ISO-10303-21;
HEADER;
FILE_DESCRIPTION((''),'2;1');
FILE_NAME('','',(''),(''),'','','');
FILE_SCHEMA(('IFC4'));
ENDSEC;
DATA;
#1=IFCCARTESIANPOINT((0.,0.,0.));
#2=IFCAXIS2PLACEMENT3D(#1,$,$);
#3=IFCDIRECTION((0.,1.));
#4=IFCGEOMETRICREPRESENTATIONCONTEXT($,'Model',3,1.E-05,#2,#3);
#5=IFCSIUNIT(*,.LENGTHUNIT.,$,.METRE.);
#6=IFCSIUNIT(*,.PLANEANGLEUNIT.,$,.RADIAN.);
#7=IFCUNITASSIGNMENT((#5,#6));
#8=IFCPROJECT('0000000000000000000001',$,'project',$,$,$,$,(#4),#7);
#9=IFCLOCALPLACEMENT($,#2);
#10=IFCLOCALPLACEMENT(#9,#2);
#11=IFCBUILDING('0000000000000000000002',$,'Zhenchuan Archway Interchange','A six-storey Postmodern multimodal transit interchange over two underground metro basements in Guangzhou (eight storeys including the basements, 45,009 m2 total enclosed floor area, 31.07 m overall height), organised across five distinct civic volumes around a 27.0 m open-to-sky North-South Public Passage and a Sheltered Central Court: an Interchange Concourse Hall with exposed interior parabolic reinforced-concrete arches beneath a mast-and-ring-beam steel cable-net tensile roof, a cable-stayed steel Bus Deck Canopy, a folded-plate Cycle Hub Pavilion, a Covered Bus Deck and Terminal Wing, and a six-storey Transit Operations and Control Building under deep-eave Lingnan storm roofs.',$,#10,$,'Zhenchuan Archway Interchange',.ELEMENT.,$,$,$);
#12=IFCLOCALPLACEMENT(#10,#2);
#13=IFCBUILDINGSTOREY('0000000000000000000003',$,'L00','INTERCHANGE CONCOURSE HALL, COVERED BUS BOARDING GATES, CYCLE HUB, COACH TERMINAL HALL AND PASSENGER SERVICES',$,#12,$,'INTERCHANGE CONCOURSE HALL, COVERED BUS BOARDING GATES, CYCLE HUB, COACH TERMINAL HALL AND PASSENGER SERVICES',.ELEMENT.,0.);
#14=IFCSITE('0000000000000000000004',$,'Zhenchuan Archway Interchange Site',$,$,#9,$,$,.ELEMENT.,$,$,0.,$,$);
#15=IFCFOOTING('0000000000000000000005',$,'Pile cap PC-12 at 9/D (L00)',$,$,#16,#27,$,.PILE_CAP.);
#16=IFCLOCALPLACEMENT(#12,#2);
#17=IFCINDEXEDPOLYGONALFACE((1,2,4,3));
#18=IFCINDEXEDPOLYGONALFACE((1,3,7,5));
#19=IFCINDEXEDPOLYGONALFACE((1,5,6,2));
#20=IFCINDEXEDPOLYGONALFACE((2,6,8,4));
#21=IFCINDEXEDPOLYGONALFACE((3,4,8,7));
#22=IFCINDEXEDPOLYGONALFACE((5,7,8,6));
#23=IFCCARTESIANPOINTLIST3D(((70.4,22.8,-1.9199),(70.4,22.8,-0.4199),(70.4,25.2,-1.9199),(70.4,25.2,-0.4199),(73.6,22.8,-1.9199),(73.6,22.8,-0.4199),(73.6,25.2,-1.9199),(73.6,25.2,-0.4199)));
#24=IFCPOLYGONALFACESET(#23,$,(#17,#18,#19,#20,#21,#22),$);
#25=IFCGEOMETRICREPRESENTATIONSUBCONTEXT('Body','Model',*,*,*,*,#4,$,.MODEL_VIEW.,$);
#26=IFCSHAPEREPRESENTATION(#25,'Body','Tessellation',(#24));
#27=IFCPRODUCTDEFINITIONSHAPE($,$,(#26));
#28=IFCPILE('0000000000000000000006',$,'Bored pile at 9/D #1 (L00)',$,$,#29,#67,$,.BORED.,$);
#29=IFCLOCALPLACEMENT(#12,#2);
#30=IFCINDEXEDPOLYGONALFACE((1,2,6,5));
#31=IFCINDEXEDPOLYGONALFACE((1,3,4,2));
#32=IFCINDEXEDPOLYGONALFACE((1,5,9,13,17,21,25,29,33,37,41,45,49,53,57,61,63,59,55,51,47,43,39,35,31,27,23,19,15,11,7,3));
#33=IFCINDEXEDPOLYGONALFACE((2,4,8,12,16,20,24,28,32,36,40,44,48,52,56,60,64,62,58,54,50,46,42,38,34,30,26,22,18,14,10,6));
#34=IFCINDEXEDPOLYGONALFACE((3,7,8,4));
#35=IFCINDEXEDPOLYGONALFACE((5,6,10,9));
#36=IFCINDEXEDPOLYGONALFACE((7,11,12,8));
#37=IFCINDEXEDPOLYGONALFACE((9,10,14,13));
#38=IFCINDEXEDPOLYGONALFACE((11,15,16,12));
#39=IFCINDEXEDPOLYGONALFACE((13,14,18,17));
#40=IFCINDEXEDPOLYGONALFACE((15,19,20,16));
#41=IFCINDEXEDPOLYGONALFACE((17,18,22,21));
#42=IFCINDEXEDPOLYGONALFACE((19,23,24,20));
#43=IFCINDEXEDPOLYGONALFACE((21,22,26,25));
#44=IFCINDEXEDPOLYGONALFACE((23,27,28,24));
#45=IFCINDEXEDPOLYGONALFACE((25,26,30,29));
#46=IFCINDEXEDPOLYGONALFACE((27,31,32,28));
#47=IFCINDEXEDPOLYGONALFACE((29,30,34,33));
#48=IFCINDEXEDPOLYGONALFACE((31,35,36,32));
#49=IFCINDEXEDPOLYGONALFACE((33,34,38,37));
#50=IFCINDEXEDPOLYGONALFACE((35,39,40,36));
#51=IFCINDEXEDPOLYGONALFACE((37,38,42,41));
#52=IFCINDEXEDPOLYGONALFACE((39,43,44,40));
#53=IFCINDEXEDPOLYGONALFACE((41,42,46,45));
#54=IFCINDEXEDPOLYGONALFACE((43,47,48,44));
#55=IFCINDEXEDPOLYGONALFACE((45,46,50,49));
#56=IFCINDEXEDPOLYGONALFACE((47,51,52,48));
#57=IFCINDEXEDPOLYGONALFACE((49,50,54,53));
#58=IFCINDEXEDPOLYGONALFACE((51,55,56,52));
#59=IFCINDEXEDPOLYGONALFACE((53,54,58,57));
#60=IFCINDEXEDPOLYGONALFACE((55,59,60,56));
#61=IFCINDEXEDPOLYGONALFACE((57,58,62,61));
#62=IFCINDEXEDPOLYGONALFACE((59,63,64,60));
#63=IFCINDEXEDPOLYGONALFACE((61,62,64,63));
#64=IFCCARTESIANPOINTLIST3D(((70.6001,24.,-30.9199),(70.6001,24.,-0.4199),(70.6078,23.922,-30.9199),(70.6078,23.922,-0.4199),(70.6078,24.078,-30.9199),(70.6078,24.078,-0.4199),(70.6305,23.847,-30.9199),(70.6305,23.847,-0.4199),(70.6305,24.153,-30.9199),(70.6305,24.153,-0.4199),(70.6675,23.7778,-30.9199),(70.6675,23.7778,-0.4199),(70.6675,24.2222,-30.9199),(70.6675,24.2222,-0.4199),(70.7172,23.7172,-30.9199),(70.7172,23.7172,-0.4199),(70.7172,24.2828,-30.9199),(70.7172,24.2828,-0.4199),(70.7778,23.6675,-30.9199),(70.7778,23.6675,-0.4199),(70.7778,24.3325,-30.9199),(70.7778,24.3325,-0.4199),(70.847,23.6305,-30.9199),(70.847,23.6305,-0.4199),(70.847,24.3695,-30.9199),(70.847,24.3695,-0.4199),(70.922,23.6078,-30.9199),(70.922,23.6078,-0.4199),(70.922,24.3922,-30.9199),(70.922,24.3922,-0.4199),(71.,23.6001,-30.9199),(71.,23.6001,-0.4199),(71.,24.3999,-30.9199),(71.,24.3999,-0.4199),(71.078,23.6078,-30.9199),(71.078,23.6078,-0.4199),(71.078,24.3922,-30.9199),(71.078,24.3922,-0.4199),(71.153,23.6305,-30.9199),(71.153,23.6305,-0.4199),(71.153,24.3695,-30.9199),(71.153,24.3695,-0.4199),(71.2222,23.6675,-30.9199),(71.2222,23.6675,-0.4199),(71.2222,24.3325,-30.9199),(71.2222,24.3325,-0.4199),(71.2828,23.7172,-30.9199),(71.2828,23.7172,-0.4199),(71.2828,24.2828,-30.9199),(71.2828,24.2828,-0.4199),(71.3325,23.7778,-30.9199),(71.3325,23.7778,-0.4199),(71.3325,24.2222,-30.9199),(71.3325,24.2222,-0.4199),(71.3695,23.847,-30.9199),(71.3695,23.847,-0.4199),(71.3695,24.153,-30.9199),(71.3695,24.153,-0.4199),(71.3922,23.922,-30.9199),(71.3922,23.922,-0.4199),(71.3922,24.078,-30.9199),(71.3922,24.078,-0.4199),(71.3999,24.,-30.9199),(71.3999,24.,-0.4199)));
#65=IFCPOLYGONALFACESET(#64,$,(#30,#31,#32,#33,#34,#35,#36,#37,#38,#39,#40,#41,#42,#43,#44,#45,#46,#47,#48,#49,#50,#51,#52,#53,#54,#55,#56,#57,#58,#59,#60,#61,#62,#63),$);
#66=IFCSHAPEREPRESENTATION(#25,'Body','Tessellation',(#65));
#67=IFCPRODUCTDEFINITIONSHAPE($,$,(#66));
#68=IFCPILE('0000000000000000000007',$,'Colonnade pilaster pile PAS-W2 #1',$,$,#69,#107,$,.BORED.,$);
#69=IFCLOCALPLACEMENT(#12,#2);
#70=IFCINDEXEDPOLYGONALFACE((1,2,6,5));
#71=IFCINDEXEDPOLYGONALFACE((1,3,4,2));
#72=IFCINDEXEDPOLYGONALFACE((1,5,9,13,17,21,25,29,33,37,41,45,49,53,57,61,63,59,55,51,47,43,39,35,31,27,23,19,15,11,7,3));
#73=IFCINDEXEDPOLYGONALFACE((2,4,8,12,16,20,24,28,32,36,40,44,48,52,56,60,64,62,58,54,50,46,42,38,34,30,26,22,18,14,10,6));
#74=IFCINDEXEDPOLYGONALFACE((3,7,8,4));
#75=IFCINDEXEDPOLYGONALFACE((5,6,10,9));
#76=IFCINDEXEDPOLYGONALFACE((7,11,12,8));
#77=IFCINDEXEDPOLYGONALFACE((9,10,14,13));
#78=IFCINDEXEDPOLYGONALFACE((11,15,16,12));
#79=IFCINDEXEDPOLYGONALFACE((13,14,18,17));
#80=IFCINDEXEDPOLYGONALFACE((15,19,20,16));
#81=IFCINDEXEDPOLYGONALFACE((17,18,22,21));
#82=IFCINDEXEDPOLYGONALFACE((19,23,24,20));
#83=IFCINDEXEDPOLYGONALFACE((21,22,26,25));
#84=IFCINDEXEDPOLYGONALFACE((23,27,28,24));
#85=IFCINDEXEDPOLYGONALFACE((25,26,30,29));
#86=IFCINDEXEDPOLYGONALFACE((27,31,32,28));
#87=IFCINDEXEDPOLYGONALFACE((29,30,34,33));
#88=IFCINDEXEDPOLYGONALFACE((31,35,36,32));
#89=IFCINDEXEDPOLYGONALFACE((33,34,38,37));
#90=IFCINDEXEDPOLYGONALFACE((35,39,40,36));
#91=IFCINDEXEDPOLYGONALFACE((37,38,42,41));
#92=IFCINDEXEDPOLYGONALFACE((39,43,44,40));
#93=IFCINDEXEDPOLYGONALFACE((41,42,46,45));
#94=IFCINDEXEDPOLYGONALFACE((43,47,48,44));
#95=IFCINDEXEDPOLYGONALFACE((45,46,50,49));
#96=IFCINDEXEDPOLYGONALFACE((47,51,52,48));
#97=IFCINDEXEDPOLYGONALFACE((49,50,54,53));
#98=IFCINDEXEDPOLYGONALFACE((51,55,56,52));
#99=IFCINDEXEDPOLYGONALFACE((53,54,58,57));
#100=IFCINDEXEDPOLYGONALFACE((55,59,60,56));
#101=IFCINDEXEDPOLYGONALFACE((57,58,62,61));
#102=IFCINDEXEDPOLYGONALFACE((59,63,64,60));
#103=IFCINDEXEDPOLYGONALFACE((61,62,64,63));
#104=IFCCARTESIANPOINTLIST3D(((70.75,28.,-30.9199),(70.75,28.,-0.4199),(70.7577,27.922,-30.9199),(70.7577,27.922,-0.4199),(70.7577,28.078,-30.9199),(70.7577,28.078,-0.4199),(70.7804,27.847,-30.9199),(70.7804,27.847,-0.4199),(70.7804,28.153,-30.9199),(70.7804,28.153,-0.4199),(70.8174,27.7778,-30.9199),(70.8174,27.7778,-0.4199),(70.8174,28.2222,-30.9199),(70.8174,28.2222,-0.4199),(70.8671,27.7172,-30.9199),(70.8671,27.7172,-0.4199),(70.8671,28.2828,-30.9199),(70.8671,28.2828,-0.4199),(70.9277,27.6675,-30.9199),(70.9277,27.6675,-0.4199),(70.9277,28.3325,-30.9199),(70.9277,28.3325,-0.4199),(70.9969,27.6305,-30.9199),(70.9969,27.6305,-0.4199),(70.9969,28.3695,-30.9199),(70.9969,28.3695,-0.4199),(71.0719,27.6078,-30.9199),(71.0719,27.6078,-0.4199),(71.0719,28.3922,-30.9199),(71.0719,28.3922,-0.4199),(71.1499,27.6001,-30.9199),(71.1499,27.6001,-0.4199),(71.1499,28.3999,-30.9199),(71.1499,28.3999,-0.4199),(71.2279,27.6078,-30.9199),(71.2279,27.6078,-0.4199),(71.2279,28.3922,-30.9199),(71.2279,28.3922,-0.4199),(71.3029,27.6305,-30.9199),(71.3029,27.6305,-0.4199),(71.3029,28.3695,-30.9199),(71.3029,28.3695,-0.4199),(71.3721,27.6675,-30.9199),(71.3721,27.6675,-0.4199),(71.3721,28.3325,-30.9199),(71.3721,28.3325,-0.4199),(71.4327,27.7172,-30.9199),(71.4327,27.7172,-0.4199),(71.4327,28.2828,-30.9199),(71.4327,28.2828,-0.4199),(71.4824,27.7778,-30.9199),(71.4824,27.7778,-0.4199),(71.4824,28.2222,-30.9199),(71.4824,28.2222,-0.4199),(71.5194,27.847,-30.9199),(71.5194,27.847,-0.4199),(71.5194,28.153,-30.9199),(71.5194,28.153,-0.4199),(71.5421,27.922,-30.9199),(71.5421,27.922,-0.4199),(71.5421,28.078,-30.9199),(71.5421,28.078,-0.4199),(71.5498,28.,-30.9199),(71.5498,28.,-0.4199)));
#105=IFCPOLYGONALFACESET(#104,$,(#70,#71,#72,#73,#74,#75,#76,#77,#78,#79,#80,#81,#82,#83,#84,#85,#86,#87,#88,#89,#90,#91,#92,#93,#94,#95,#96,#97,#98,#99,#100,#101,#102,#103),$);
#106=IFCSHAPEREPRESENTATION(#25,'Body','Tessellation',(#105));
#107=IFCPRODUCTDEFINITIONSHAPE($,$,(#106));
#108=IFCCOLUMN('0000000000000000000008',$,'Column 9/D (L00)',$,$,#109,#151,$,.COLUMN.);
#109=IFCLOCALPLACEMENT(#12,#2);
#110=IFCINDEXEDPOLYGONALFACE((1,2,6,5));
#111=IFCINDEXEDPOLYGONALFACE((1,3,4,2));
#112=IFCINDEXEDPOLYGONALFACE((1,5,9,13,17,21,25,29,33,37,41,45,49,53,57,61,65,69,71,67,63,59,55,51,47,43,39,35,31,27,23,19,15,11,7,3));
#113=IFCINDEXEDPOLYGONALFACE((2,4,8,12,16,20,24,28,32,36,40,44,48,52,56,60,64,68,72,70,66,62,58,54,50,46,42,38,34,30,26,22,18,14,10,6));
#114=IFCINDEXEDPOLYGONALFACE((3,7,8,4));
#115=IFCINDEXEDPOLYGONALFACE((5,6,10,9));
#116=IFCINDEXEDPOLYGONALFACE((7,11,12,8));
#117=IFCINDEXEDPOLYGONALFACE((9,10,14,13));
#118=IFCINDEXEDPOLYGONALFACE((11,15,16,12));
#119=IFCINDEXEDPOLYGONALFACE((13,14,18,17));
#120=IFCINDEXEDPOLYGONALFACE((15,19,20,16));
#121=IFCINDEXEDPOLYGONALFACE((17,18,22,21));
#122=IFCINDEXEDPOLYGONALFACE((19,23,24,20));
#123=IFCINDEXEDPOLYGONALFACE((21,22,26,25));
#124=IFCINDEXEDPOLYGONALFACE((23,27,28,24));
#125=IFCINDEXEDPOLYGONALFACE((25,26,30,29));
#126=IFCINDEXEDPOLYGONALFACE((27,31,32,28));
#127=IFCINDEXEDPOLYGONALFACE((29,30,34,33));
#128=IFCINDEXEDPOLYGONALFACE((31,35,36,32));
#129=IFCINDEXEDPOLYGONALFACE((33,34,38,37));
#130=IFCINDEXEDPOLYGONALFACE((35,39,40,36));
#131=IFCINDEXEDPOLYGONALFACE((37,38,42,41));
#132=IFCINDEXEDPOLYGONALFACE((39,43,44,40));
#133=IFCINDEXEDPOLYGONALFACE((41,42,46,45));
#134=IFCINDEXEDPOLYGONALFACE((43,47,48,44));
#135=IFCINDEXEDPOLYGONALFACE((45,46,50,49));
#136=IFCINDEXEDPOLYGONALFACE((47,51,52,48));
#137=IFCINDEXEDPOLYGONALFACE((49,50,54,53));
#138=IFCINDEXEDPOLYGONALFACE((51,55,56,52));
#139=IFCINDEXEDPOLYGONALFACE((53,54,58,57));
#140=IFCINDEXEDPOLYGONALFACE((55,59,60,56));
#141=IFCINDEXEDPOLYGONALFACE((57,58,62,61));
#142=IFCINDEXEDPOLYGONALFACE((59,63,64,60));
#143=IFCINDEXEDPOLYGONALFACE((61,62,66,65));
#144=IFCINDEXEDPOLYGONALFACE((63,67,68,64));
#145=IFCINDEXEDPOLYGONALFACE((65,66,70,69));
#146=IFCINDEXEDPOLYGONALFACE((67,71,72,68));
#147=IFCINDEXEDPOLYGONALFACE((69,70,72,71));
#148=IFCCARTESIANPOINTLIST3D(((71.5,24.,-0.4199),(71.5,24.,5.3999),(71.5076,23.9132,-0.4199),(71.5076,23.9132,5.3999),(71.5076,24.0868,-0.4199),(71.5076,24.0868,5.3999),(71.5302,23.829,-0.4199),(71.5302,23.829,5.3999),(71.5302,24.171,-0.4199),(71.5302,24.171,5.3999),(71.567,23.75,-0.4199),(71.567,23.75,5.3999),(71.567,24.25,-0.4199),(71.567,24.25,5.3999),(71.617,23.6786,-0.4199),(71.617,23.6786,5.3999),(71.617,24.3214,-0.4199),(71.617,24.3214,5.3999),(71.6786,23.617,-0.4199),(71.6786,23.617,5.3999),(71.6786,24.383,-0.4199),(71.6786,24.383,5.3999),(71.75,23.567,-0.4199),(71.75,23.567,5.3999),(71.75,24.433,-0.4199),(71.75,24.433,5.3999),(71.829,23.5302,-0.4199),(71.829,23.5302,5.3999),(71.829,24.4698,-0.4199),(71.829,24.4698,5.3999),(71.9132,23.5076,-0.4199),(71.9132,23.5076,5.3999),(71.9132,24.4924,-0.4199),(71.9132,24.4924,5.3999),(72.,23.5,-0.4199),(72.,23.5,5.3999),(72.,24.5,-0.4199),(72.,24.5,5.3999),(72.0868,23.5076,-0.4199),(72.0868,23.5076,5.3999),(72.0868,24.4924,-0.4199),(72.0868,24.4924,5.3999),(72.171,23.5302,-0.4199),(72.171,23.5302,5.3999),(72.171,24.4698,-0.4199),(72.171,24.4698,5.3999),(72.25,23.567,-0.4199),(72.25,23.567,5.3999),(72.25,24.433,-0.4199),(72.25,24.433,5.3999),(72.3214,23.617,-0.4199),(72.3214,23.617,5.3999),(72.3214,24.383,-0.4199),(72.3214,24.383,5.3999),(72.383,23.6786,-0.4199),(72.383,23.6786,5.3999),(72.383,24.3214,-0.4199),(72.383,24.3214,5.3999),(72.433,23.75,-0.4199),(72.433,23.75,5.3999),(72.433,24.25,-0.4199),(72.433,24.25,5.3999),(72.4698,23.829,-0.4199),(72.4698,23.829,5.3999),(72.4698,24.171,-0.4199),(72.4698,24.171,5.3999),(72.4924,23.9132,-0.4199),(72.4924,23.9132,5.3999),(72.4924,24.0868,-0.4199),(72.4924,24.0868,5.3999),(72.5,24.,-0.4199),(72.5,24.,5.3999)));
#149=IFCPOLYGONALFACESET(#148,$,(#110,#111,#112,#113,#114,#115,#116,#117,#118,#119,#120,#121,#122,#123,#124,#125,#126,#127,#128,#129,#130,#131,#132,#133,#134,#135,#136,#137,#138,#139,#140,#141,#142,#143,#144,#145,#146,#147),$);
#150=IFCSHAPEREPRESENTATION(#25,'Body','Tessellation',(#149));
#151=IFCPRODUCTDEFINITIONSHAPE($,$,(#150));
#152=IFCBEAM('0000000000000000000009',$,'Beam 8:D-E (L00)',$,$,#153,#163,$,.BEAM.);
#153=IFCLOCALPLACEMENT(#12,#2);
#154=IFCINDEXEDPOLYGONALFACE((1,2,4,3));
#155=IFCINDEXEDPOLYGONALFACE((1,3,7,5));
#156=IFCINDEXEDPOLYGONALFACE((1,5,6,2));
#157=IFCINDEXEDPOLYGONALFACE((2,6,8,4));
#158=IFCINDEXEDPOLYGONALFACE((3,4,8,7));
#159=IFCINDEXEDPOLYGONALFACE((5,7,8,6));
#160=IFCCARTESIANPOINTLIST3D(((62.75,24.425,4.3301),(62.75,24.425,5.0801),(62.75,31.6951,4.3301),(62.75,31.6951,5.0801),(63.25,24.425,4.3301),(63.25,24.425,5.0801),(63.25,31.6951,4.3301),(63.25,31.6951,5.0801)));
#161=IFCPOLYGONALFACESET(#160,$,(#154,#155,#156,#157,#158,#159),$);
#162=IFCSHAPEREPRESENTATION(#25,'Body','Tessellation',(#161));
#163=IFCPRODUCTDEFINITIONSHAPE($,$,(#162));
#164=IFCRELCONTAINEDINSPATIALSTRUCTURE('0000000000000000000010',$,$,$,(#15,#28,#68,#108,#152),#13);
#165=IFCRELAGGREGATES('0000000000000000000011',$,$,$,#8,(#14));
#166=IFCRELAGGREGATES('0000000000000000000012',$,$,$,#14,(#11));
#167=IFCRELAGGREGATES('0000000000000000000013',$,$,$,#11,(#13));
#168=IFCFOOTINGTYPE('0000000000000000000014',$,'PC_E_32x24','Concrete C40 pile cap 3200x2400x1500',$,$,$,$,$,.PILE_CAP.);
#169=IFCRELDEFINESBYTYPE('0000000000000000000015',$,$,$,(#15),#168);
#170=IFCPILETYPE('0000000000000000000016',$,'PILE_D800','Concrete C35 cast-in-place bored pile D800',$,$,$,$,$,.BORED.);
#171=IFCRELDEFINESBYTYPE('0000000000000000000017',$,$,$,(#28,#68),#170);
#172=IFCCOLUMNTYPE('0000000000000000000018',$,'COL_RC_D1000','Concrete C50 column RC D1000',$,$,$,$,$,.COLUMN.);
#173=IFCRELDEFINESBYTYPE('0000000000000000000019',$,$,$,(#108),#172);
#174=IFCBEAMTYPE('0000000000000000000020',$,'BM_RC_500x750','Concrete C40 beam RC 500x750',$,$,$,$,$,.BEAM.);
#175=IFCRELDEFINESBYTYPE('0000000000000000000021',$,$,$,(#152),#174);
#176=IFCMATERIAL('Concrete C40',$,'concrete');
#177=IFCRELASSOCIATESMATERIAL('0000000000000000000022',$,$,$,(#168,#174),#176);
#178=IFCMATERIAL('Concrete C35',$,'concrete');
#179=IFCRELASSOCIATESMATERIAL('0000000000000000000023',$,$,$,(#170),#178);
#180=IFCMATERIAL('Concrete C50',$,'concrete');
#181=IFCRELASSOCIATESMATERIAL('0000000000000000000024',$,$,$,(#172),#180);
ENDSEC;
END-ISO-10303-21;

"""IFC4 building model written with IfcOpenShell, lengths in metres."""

from ifc_helpers import new_model, si_unit, direction, frame, origin, origin_2d, place, context, subcontext, project, spatial, rectangle, circle, extrude, material, material_profile, profile_set, type_object, element, save


model = new_model("IFC4")

# Units and contexts
model_context = context("Model", 3, precision=1e-05, world=origin(), true_north=direction((0.0, 1.0)))
body_context = subcontext(model_context, "Body", "Model", "MODEL_VIEW")
ifc_project = project(units=[si_unit("LENGTHUNIT", "METRE"), si_unit("PLANEANGLEUNIT", "RADIAN")], contexts=[model_context])

# Site, building, storey
site_placement = place(None, origin())
site = spatial("IfcSite", under=ifc_project, at=site_placement, Name="Zhenchuan Archway Interchange Site", CompositionType="ELEMENT", RefElevation=0.0)
building_placement = place(site_placement, origin())
building = spatial("IfcBuilding", under=site, at=building_placement, Name="Zhenchuan Archway Interchange", Description="A six-storey Postmodern multimodal transit interchange over two underground metro basements in Guangzhou (eight storeys including the basements, 45,009 m2 total enclosed floor area, 31.07 m overall height), organised across five distinct civic volumes around a 27.0 m open-to-sky North-South Public Passage and a Sheltered Central Court: an Interchange Concourse Hall with exposed interior parabolic reinforced-concrete arches beneath a mast-and-ring-beam steel cable-net tensile roof, a cable-stayed steel Bus Deck Canopy, a folded-plate Cycle Hub Pavilion, a Covered Bus Deck and Terminal Wing, and a six-storey Transit Operations and Control Building under deep-eave Lingnan storm roofs.", LongName="Zhenchuan Archway Interchange", CompositionType="ELEMENT")
storey_placement = place(building_placement, origin())
storey = spatial("IfcBuildingStorey", under=building, at=storey_placement, Name="L00", Description="INTERCHANGE CONCOURSE HALL, COVERED BUS BOARDING GATES, CYCLE HUB, COACH TERMINAL HALL AND PASSENGER SERVICES", LongName="INTERCHANGE CONCOURSE HALL, COVERED BUS BOARDING GATES, CYCLE HUB, COACH TERMINAL HALL AND PASSENGER SERVICES", CompositionType="ELEMENT", Elevation=0.0)

# Footing
ifc_material_1 = material(Name="Concrete C40", Category="concrete")
footing_type = type_object("IfcFootingType", Name="PC_E_32x24", Description="Concrete C40 pile cap 3200x2400x1500", PredefinedType="PILE_CAP", material=ifc_material_1)
footing_placement = place(storey_placement, frame((72.0, 24.0, -1.9199), z_axis=(0.0, 0.0, 1.0), x_axis=(1.0, 0.0, 0.0)))
element("IfcFooting", 1, at=footing_placement, inside=storey, type_object=footing_type, Name="Pile cap PC-12 at 9/D (L00)", PredefinedType="PILE_CAP", context=body_context, shape_type="SweptSolid", body=[
    extrude(rectangle(XDim=3.2, YDim=2.3999, at=origin_2d()), origin(), (0.0, 0.0, 1.0), 1.5),
])

# Piles
ifc_material_2 = material(Name="Concrete C35", Category="concrete")
ifc_material_profile_1 = material_profile(ifc_material_2, circle(Radius=0.3999, at=origin_2d()), Name="BORED PILE 800")
ifc_profile_set_1 = profile_set([ifc_material_profile_1], Name="Concrete C35")
pile_type = type_object("IfcPileType", Name="PILE_D800", Description="Concrete C35 cast-in-place bored pile D800", PredefinedType="BORED", material=ifc_profile_set_1)
for number, where, z_axis, x_axis, name in (
    (2, (71.0, 24.0, -0.4199), (0.0, 0.0, -1.0), (1.0, 0.0, 0.0), "Bored pile at 9/D #1 (L00)"),
    (3, (71.1499, 28.0, -0.4199), (0.0, 0.0, -1.0), (1.0, 0.0, 0.0), "Colonnade pilaster pile PAS-W2 #1"),
):
    element("IfcPile", number, at=place(storey_placement, frame(where, z_axis=z_axis, x_axis=x_axis)), inside=storey, type_object=pile_type, Name=name, PredefinedType="BORED", context=body_context, shape_type="SweptSolid", body=[
        extrude(circle(Radius=0.3999, at=origin_2d()), origin(), (0.0, 0.0, 1.0), 30.5),
    ])

# Column
ifc_material_3 = material(Name="Concrete C50", Category="concrete")
ifc_material_profile_2 = material_profile(ifc_material_3, circle(Radius=0.5, at=origin_2d()), Name="RC D1000")
ifc_profile_set_2 = profile_set([ifc_material_profile_2], Name="Concrete C50")
column_type = type_object("IfcColumnType", Name="COL_RC_D1000", Description="Concrete C50 column RC D1000", PredefinedType="COLUMN", material=ifc_profile_set_2)
column_placement = place(storey_placement, frame((72.0, 24.0, -0.4199), z_axis=(0.0, 0.0, 1.0), x_axis=(1.0, 0.0, 0.0)))
element("IfcColumn", 4, at=column_placement, inside=storey, type_object=column_type, Name="Column 9/D (L00)", PredefinedType="COLUMN", context=body_context, shape_type="SweptSolid", body=[
    extrude(circle(Radius=0.5, at=origin_2d()), origin(), (0.0, 0.0, 1.0), 5.8198),
])

# Beam
ifc_material_profile_3 = material_profile(ifc_material_1, rectangle(XDim=0.5, YDim=0.75, at=origin_2d()), Name="RC 500x750")
ifc_profile_set_3 = profile_set([ifc_material_profile_3], Name="Concrete C40")
beam_type_1 = type_object("IfcBeamType", Name="BM_RC_500x750", Description="Concrete C40 beam RC 500x750", PredefinedType="BEAM", material=ifc_profile_set_3)
beam_placement = place(storey_placement, frame((63.0, 24.425, 4.7051), z_axis=(0.0, 1.0, 0.0), x_axis=(-1.0, 0.0, 0.0)))
element("IfcBeam", 5, at=beam_placement, inside=storey, type_object=beam_type_1, Name="Beam 8:D-E (L00)", PredefinedType="BEAM", context=body_context, shape_type="SweptSolid", body=[
    extrude(rectangle(XDim=0.5, YDim=0.75, at=origin_2d()), origin(), (0.0, 0.0, 1.0), 7.27),
])

save(model, "model.ifc")
